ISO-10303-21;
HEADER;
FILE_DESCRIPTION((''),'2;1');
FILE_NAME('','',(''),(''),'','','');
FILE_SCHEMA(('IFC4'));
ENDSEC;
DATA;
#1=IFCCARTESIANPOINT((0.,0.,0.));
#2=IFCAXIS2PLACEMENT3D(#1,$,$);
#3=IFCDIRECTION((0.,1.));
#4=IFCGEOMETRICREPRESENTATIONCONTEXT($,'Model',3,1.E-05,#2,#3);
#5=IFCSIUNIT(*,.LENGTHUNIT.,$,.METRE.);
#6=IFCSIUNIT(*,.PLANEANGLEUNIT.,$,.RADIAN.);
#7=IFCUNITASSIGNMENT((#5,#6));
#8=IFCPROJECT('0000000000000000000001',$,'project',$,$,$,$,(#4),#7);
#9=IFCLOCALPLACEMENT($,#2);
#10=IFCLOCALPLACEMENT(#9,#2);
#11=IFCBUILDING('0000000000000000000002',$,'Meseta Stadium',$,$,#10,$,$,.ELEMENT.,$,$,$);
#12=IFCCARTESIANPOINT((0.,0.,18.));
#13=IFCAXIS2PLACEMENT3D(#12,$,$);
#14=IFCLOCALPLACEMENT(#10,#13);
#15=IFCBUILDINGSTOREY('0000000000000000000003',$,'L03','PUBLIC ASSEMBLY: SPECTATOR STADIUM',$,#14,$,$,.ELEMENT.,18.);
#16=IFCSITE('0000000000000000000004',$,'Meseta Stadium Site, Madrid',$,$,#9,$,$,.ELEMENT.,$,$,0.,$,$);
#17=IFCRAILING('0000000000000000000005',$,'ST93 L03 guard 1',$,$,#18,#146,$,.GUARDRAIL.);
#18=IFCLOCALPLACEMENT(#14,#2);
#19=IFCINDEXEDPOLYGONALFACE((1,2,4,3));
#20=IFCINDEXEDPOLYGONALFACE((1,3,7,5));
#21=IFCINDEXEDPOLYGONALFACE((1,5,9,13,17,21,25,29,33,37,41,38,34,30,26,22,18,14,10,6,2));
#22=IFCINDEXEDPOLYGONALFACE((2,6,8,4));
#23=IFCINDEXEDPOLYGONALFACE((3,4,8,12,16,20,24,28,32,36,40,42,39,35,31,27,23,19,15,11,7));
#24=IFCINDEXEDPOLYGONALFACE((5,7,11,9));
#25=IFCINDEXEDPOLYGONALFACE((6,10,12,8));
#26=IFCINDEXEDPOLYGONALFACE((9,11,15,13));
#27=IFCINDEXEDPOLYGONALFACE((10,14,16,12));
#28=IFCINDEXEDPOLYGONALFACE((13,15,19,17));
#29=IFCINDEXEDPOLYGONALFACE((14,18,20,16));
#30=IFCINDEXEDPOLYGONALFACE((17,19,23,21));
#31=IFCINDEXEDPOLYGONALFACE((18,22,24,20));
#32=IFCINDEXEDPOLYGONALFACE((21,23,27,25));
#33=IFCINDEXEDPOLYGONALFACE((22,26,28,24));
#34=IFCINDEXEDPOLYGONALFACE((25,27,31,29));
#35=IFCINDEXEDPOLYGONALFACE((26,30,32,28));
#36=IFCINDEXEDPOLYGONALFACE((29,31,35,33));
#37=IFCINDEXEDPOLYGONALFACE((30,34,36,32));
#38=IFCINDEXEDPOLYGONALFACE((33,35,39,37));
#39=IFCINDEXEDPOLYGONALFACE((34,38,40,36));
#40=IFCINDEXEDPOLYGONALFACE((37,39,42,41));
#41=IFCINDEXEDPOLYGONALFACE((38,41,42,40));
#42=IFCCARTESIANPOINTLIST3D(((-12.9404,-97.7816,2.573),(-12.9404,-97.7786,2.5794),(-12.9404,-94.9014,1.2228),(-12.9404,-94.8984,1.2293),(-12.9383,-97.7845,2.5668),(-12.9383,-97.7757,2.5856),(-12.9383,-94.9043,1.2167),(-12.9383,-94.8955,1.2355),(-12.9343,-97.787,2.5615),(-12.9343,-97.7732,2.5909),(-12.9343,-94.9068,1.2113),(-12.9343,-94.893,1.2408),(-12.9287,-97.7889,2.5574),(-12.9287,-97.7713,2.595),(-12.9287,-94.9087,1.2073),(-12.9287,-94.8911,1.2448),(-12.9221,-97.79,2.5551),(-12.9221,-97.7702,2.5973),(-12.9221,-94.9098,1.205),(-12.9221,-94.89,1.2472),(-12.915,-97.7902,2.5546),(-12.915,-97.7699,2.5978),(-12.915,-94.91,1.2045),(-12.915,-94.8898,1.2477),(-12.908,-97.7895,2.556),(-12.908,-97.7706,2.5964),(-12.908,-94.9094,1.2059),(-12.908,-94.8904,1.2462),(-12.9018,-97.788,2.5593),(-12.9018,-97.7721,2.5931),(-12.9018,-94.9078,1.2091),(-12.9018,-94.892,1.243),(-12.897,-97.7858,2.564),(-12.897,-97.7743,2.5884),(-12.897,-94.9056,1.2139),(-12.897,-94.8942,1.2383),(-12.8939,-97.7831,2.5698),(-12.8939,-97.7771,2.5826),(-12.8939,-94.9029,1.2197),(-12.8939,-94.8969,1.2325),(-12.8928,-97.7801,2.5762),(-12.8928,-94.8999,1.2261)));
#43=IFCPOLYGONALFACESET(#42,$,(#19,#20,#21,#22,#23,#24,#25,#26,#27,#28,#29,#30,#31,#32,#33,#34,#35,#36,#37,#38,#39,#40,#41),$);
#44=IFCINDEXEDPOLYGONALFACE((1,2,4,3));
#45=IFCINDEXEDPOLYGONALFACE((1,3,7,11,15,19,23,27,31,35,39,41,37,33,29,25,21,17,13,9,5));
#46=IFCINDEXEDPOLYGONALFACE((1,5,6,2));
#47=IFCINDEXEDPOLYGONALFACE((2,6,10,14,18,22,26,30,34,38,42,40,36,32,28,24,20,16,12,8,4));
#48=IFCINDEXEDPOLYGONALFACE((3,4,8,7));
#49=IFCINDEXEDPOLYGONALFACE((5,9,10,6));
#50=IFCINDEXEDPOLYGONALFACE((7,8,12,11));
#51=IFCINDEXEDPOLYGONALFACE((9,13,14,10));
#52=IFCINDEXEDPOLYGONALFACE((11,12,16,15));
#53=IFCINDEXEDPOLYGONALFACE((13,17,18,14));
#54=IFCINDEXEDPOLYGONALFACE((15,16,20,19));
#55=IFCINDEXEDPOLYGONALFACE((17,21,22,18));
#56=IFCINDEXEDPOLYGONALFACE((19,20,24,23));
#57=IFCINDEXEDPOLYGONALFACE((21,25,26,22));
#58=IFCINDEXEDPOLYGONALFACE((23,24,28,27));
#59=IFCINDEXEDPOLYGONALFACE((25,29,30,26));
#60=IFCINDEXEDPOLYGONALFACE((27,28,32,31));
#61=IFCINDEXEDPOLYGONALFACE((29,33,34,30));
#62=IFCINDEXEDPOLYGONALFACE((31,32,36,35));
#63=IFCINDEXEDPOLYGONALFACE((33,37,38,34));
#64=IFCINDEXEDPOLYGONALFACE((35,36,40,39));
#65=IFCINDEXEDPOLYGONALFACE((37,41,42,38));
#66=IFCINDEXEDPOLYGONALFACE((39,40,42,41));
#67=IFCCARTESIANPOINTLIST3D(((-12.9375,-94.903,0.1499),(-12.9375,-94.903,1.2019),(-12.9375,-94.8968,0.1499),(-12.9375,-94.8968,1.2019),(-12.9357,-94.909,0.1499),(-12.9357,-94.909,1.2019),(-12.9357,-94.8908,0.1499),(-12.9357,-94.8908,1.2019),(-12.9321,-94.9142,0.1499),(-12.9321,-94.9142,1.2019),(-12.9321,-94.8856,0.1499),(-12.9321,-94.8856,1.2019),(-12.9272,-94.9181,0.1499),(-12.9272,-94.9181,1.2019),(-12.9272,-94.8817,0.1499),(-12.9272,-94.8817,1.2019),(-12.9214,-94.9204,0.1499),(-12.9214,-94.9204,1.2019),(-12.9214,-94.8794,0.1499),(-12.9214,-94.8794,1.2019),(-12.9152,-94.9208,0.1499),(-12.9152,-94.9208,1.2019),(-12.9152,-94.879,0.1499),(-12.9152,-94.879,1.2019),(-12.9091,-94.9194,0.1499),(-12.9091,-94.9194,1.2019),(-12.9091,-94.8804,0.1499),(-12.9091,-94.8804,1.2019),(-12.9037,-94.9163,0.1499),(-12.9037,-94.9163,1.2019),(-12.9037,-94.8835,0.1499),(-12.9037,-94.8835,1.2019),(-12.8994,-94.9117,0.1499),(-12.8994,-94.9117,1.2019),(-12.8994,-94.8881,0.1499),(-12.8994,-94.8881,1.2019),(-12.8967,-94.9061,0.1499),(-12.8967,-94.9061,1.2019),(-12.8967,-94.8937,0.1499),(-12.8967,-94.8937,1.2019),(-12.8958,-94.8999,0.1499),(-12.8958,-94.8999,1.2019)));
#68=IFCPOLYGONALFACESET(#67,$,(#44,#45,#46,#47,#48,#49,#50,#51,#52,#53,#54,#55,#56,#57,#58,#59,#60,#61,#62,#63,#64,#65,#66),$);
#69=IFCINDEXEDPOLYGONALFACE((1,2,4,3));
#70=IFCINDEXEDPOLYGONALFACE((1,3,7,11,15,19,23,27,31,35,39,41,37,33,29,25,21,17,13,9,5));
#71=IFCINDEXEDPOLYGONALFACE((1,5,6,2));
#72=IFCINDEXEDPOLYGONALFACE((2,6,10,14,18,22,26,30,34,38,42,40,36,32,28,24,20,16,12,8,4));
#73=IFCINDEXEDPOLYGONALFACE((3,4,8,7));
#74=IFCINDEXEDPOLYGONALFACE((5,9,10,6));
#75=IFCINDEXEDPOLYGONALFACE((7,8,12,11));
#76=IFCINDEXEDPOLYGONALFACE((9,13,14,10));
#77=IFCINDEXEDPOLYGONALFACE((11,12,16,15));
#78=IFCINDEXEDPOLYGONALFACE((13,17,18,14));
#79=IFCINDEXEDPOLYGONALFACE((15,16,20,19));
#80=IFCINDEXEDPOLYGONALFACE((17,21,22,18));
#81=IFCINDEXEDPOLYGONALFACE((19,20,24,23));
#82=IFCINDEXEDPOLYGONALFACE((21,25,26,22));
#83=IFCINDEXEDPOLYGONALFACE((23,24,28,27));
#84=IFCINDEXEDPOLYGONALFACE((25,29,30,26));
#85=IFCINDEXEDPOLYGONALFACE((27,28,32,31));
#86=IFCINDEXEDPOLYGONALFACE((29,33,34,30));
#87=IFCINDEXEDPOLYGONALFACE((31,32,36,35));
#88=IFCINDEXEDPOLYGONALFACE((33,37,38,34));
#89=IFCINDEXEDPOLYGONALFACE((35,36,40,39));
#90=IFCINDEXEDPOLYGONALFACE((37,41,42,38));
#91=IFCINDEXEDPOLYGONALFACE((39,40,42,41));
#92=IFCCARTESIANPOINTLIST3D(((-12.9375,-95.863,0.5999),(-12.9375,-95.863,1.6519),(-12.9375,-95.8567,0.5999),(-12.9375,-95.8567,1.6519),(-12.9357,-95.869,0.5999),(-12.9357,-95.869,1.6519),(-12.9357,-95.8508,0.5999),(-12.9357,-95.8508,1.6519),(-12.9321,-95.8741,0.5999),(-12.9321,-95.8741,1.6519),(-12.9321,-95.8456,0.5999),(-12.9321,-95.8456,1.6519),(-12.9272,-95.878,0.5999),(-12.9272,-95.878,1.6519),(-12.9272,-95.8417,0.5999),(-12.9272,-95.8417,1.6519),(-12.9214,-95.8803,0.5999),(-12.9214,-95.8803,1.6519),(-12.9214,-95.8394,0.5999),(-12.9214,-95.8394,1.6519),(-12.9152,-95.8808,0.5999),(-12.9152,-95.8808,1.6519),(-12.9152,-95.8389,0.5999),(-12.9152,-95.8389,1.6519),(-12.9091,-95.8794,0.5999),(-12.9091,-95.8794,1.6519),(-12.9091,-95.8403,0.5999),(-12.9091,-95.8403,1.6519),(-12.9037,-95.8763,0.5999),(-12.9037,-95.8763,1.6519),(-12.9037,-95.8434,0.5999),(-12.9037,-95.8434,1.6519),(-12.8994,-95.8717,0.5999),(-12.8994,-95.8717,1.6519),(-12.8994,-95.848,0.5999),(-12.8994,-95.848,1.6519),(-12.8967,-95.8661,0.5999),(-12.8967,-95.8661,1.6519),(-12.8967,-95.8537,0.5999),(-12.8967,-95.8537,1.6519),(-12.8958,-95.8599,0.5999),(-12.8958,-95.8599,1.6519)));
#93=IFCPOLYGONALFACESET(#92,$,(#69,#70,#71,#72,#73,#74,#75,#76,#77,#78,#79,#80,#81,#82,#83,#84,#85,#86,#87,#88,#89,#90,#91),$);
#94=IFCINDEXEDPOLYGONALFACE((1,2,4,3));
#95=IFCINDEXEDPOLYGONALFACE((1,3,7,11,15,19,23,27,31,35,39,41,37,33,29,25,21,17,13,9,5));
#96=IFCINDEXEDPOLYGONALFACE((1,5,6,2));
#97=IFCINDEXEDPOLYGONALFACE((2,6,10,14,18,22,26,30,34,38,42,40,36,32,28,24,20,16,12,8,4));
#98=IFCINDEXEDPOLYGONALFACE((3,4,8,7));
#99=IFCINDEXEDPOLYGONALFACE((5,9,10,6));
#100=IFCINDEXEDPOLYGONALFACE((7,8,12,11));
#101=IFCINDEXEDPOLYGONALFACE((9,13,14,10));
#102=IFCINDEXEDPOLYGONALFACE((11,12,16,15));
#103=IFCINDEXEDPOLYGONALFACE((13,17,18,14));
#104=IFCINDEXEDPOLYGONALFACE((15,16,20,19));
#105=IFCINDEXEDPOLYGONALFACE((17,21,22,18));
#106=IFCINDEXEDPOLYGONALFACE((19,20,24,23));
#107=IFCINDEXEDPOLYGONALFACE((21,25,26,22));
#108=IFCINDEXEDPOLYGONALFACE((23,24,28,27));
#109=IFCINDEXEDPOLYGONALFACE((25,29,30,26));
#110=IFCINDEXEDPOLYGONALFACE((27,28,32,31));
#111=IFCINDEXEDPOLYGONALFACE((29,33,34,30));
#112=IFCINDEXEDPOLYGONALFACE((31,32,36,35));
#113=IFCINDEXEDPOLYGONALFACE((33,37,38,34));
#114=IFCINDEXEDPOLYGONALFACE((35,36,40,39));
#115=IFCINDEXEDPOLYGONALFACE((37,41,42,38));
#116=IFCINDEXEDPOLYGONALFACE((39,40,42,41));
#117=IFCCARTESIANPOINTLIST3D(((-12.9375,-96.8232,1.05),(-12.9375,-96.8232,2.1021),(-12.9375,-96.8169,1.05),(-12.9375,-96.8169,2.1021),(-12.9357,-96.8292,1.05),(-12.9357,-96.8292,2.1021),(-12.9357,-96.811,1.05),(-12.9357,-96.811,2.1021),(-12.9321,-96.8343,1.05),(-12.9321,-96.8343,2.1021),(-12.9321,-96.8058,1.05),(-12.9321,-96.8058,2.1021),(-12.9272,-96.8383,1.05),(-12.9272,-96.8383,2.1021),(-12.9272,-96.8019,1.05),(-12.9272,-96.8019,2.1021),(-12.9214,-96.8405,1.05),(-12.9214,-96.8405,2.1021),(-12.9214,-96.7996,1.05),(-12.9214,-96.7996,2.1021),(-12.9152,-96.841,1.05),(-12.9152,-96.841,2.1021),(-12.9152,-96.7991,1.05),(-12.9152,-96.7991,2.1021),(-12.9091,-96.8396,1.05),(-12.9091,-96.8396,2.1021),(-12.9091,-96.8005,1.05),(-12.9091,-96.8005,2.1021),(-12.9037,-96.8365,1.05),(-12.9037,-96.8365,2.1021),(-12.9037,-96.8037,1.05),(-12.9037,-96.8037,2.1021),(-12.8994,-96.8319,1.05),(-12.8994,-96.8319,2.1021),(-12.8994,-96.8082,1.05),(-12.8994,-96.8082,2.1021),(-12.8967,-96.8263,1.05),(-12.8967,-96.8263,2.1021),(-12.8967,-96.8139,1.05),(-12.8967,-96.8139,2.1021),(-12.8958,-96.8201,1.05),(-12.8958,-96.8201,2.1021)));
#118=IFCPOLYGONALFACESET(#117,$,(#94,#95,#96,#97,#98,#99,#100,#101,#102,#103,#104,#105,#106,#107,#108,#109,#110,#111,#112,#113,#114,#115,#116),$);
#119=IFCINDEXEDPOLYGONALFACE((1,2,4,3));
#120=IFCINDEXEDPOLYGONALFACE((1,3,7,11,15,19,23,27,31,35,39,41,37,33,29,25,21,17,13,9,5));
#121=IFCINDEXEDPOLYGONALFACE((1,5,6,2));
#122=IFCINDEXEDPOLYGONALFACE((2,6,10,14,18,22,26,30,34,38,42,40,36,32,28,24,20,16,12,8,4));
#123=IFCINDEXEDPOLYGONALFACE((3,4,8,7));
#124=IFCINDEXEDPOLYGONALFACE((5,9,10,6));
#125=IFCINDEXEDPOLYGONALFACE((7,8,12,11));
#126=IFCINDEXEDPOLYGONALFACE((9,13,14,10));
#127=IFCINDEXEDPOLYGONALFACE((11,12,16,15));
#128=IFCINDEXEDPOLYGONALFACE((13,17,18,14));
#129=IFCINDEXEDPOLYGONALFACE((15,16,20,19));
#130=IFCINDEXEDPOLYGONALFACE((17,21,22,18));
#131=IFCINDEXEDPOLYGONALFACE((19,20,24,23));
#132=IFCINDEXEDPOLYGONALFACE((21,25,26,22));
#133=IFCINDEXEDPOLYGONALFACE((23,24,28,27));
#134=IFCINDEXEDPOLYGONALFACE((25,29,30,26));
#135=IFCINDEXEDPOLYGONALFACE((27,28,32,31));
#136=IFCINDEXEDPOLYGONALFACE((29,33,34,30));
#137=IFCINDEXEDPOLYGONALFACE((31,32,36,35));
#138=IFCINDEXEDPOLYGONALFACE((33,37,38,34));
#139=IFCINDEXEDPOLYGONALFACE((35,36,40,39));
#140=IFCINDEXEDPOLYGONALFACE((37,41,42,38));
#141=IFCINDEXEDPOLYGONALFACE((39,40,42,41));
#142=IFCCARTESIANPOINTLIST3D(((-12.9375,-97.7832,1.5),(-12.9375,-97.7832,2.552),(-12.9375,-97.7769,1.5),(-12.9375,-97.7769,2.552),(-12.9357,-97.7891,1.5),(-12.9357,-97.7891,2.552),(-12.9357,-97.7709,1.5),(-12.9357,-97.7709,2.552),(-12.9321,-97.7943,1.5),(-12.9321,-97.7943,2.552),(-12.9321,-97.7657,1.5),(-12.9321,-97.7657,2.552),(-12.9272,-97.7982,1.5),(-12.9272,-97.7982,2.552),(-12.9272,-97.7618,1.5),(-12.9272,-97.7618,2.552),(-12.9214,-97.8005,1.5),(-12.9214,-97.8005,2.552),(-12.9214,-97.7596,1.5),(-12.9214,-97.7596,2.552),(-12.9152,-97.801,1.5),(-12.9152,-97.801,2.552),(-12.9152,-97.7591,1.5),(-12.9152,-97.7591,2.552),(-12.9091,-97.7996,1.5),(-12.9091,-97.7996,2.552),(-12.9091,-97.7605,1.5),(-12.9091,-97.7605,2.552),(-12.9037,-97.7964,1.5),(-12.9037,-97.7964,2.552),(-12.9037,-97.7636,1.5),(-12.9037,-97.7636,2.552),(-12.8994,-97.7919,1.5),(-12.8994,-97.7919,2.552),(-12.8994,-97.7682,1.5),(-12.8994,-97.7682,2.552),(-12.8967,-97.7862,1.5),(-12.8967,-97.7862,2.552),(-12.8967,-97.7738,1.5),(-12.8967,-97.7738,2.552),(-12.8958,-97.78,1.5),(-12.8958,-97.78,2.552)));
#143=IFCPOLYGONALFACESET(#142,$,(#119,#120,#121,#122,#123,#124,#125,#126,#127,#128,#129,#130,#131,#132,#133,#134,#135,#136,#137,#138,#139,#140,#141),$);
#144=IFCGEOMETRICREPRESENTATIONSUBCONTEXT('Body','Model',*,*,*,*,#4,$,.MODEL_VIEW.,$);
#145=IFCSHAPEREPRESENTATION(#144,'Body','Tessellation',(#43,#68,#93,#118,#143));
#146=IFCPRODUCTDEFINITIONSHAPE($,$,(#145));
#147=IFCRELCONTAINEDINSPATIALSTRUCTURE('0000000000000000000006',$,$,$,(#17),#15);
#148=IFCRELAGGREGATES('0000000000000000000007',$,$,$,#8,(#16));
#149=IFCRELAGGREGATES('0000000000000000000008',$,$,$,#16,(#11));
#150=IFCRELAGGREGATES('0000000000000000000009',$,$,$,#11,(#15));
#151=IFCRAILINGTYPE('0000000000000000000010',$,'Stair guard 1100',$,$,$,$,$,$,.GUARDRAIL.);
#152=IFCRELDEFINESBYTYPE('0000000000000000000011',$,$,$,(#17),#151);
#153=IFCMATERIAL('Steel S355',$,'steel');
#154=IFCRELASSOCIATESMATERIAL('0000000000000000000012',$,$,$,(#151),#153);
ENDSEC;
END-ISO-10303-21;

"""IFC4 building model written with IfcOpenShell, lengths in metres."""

from ifc_helpers import new_model, si_unit, direction, frame, origin, origin_2d, place, context, subcontext, project, spatial, circle, extrude, material, type_object, element, save


model = new_model("IFC4")

# Units and contexts
model_context = context("Model", 3, precision=1e-05, world=origin(), true_north=direction((0.0, 1.0)))
body_context = subcontext(model_context, "Body", "Model", "MODEL_VIEW")
ifc_project = project(units=[si_unit("LENGTHUNIT", "METRE"), si_unit("PLANEANGLEUNIT", "RADIAN")], contexts=[model_context])

# Site, building, storey
site_placement = place(None, origin())
site = spatial("IfcSite", under=ifc_project, at=site_placement, Name="Meseta Stadium Site, Madrid", CompositionType="ELEMENT", RefElevation=0.0)
building_placement = place(site_placement, origin())
building = spatial("IfcBuilding", under=site, at=building_placement, Name="Meseta Stadium", CompositionType="ELEMENT")
storey_placement = place(building_placement, frame((0.0, 0.0, 18.0)))
storey = spatial("IfcBuildingStorey", under=building, at=storey_placement, Name="L03", Description="PUBLIC ASSEMBLY: SPECTATOR STADIUM", CompositionType="ELEMENT", Elevation=18.0)

# Railing
ifc_material_1 = material(Name="Steel S355", Category="steel")
railing_type_1 = type_object("IfcRailingType", Name="Stair guard 1100", PredefinedType="GUARDRAIL", material=ifc_material_1)
railing_1_placement = place(storey_placement, frame((-12.9167, -94.8999, 0.1499)))
element("IfcRailing", 1, at=railing_1_placement, inside=storey, type_object=railing_type_1, Name="ST93 L03 guard 1", PredefinedType="GUARDRAIL", context=body_context, shape_type="SweptSolid", body=[
    extrude(circle(Radius=0.0239, at=origin_2d()), frame((0.0, 0.0, 1.0762), z_axis=(0.0, -0.905454, 0.424444), x_axis=(1.0, 0.0, 0.0)), (0.0, 0.0, 1.0), 3.1809),
    extrude(circle(Radius=0.021, at=origin_2d()), origin(), (0.0, 0.0, 1.0), 1.052),
    extrude(circle(Radius=0.021, at=origin_2d()), frame((0.0, -0.96, 0.45)), (0.0, 0.0, 1.0), 1.052),
    extrude(circle(Radius=0.021, at=origin_2d()), frame((0.0, -1.9202, 0.9001)), (0.0, 0.0, 1.0), 1.052),
    extrude(circle(Radius=0.021, at=origin_2d()), frame((0.0, -2.8801, 1.3501)), (0.0, 0.0, 1.0), 1.052),
])

save(model, "model.ifc")
